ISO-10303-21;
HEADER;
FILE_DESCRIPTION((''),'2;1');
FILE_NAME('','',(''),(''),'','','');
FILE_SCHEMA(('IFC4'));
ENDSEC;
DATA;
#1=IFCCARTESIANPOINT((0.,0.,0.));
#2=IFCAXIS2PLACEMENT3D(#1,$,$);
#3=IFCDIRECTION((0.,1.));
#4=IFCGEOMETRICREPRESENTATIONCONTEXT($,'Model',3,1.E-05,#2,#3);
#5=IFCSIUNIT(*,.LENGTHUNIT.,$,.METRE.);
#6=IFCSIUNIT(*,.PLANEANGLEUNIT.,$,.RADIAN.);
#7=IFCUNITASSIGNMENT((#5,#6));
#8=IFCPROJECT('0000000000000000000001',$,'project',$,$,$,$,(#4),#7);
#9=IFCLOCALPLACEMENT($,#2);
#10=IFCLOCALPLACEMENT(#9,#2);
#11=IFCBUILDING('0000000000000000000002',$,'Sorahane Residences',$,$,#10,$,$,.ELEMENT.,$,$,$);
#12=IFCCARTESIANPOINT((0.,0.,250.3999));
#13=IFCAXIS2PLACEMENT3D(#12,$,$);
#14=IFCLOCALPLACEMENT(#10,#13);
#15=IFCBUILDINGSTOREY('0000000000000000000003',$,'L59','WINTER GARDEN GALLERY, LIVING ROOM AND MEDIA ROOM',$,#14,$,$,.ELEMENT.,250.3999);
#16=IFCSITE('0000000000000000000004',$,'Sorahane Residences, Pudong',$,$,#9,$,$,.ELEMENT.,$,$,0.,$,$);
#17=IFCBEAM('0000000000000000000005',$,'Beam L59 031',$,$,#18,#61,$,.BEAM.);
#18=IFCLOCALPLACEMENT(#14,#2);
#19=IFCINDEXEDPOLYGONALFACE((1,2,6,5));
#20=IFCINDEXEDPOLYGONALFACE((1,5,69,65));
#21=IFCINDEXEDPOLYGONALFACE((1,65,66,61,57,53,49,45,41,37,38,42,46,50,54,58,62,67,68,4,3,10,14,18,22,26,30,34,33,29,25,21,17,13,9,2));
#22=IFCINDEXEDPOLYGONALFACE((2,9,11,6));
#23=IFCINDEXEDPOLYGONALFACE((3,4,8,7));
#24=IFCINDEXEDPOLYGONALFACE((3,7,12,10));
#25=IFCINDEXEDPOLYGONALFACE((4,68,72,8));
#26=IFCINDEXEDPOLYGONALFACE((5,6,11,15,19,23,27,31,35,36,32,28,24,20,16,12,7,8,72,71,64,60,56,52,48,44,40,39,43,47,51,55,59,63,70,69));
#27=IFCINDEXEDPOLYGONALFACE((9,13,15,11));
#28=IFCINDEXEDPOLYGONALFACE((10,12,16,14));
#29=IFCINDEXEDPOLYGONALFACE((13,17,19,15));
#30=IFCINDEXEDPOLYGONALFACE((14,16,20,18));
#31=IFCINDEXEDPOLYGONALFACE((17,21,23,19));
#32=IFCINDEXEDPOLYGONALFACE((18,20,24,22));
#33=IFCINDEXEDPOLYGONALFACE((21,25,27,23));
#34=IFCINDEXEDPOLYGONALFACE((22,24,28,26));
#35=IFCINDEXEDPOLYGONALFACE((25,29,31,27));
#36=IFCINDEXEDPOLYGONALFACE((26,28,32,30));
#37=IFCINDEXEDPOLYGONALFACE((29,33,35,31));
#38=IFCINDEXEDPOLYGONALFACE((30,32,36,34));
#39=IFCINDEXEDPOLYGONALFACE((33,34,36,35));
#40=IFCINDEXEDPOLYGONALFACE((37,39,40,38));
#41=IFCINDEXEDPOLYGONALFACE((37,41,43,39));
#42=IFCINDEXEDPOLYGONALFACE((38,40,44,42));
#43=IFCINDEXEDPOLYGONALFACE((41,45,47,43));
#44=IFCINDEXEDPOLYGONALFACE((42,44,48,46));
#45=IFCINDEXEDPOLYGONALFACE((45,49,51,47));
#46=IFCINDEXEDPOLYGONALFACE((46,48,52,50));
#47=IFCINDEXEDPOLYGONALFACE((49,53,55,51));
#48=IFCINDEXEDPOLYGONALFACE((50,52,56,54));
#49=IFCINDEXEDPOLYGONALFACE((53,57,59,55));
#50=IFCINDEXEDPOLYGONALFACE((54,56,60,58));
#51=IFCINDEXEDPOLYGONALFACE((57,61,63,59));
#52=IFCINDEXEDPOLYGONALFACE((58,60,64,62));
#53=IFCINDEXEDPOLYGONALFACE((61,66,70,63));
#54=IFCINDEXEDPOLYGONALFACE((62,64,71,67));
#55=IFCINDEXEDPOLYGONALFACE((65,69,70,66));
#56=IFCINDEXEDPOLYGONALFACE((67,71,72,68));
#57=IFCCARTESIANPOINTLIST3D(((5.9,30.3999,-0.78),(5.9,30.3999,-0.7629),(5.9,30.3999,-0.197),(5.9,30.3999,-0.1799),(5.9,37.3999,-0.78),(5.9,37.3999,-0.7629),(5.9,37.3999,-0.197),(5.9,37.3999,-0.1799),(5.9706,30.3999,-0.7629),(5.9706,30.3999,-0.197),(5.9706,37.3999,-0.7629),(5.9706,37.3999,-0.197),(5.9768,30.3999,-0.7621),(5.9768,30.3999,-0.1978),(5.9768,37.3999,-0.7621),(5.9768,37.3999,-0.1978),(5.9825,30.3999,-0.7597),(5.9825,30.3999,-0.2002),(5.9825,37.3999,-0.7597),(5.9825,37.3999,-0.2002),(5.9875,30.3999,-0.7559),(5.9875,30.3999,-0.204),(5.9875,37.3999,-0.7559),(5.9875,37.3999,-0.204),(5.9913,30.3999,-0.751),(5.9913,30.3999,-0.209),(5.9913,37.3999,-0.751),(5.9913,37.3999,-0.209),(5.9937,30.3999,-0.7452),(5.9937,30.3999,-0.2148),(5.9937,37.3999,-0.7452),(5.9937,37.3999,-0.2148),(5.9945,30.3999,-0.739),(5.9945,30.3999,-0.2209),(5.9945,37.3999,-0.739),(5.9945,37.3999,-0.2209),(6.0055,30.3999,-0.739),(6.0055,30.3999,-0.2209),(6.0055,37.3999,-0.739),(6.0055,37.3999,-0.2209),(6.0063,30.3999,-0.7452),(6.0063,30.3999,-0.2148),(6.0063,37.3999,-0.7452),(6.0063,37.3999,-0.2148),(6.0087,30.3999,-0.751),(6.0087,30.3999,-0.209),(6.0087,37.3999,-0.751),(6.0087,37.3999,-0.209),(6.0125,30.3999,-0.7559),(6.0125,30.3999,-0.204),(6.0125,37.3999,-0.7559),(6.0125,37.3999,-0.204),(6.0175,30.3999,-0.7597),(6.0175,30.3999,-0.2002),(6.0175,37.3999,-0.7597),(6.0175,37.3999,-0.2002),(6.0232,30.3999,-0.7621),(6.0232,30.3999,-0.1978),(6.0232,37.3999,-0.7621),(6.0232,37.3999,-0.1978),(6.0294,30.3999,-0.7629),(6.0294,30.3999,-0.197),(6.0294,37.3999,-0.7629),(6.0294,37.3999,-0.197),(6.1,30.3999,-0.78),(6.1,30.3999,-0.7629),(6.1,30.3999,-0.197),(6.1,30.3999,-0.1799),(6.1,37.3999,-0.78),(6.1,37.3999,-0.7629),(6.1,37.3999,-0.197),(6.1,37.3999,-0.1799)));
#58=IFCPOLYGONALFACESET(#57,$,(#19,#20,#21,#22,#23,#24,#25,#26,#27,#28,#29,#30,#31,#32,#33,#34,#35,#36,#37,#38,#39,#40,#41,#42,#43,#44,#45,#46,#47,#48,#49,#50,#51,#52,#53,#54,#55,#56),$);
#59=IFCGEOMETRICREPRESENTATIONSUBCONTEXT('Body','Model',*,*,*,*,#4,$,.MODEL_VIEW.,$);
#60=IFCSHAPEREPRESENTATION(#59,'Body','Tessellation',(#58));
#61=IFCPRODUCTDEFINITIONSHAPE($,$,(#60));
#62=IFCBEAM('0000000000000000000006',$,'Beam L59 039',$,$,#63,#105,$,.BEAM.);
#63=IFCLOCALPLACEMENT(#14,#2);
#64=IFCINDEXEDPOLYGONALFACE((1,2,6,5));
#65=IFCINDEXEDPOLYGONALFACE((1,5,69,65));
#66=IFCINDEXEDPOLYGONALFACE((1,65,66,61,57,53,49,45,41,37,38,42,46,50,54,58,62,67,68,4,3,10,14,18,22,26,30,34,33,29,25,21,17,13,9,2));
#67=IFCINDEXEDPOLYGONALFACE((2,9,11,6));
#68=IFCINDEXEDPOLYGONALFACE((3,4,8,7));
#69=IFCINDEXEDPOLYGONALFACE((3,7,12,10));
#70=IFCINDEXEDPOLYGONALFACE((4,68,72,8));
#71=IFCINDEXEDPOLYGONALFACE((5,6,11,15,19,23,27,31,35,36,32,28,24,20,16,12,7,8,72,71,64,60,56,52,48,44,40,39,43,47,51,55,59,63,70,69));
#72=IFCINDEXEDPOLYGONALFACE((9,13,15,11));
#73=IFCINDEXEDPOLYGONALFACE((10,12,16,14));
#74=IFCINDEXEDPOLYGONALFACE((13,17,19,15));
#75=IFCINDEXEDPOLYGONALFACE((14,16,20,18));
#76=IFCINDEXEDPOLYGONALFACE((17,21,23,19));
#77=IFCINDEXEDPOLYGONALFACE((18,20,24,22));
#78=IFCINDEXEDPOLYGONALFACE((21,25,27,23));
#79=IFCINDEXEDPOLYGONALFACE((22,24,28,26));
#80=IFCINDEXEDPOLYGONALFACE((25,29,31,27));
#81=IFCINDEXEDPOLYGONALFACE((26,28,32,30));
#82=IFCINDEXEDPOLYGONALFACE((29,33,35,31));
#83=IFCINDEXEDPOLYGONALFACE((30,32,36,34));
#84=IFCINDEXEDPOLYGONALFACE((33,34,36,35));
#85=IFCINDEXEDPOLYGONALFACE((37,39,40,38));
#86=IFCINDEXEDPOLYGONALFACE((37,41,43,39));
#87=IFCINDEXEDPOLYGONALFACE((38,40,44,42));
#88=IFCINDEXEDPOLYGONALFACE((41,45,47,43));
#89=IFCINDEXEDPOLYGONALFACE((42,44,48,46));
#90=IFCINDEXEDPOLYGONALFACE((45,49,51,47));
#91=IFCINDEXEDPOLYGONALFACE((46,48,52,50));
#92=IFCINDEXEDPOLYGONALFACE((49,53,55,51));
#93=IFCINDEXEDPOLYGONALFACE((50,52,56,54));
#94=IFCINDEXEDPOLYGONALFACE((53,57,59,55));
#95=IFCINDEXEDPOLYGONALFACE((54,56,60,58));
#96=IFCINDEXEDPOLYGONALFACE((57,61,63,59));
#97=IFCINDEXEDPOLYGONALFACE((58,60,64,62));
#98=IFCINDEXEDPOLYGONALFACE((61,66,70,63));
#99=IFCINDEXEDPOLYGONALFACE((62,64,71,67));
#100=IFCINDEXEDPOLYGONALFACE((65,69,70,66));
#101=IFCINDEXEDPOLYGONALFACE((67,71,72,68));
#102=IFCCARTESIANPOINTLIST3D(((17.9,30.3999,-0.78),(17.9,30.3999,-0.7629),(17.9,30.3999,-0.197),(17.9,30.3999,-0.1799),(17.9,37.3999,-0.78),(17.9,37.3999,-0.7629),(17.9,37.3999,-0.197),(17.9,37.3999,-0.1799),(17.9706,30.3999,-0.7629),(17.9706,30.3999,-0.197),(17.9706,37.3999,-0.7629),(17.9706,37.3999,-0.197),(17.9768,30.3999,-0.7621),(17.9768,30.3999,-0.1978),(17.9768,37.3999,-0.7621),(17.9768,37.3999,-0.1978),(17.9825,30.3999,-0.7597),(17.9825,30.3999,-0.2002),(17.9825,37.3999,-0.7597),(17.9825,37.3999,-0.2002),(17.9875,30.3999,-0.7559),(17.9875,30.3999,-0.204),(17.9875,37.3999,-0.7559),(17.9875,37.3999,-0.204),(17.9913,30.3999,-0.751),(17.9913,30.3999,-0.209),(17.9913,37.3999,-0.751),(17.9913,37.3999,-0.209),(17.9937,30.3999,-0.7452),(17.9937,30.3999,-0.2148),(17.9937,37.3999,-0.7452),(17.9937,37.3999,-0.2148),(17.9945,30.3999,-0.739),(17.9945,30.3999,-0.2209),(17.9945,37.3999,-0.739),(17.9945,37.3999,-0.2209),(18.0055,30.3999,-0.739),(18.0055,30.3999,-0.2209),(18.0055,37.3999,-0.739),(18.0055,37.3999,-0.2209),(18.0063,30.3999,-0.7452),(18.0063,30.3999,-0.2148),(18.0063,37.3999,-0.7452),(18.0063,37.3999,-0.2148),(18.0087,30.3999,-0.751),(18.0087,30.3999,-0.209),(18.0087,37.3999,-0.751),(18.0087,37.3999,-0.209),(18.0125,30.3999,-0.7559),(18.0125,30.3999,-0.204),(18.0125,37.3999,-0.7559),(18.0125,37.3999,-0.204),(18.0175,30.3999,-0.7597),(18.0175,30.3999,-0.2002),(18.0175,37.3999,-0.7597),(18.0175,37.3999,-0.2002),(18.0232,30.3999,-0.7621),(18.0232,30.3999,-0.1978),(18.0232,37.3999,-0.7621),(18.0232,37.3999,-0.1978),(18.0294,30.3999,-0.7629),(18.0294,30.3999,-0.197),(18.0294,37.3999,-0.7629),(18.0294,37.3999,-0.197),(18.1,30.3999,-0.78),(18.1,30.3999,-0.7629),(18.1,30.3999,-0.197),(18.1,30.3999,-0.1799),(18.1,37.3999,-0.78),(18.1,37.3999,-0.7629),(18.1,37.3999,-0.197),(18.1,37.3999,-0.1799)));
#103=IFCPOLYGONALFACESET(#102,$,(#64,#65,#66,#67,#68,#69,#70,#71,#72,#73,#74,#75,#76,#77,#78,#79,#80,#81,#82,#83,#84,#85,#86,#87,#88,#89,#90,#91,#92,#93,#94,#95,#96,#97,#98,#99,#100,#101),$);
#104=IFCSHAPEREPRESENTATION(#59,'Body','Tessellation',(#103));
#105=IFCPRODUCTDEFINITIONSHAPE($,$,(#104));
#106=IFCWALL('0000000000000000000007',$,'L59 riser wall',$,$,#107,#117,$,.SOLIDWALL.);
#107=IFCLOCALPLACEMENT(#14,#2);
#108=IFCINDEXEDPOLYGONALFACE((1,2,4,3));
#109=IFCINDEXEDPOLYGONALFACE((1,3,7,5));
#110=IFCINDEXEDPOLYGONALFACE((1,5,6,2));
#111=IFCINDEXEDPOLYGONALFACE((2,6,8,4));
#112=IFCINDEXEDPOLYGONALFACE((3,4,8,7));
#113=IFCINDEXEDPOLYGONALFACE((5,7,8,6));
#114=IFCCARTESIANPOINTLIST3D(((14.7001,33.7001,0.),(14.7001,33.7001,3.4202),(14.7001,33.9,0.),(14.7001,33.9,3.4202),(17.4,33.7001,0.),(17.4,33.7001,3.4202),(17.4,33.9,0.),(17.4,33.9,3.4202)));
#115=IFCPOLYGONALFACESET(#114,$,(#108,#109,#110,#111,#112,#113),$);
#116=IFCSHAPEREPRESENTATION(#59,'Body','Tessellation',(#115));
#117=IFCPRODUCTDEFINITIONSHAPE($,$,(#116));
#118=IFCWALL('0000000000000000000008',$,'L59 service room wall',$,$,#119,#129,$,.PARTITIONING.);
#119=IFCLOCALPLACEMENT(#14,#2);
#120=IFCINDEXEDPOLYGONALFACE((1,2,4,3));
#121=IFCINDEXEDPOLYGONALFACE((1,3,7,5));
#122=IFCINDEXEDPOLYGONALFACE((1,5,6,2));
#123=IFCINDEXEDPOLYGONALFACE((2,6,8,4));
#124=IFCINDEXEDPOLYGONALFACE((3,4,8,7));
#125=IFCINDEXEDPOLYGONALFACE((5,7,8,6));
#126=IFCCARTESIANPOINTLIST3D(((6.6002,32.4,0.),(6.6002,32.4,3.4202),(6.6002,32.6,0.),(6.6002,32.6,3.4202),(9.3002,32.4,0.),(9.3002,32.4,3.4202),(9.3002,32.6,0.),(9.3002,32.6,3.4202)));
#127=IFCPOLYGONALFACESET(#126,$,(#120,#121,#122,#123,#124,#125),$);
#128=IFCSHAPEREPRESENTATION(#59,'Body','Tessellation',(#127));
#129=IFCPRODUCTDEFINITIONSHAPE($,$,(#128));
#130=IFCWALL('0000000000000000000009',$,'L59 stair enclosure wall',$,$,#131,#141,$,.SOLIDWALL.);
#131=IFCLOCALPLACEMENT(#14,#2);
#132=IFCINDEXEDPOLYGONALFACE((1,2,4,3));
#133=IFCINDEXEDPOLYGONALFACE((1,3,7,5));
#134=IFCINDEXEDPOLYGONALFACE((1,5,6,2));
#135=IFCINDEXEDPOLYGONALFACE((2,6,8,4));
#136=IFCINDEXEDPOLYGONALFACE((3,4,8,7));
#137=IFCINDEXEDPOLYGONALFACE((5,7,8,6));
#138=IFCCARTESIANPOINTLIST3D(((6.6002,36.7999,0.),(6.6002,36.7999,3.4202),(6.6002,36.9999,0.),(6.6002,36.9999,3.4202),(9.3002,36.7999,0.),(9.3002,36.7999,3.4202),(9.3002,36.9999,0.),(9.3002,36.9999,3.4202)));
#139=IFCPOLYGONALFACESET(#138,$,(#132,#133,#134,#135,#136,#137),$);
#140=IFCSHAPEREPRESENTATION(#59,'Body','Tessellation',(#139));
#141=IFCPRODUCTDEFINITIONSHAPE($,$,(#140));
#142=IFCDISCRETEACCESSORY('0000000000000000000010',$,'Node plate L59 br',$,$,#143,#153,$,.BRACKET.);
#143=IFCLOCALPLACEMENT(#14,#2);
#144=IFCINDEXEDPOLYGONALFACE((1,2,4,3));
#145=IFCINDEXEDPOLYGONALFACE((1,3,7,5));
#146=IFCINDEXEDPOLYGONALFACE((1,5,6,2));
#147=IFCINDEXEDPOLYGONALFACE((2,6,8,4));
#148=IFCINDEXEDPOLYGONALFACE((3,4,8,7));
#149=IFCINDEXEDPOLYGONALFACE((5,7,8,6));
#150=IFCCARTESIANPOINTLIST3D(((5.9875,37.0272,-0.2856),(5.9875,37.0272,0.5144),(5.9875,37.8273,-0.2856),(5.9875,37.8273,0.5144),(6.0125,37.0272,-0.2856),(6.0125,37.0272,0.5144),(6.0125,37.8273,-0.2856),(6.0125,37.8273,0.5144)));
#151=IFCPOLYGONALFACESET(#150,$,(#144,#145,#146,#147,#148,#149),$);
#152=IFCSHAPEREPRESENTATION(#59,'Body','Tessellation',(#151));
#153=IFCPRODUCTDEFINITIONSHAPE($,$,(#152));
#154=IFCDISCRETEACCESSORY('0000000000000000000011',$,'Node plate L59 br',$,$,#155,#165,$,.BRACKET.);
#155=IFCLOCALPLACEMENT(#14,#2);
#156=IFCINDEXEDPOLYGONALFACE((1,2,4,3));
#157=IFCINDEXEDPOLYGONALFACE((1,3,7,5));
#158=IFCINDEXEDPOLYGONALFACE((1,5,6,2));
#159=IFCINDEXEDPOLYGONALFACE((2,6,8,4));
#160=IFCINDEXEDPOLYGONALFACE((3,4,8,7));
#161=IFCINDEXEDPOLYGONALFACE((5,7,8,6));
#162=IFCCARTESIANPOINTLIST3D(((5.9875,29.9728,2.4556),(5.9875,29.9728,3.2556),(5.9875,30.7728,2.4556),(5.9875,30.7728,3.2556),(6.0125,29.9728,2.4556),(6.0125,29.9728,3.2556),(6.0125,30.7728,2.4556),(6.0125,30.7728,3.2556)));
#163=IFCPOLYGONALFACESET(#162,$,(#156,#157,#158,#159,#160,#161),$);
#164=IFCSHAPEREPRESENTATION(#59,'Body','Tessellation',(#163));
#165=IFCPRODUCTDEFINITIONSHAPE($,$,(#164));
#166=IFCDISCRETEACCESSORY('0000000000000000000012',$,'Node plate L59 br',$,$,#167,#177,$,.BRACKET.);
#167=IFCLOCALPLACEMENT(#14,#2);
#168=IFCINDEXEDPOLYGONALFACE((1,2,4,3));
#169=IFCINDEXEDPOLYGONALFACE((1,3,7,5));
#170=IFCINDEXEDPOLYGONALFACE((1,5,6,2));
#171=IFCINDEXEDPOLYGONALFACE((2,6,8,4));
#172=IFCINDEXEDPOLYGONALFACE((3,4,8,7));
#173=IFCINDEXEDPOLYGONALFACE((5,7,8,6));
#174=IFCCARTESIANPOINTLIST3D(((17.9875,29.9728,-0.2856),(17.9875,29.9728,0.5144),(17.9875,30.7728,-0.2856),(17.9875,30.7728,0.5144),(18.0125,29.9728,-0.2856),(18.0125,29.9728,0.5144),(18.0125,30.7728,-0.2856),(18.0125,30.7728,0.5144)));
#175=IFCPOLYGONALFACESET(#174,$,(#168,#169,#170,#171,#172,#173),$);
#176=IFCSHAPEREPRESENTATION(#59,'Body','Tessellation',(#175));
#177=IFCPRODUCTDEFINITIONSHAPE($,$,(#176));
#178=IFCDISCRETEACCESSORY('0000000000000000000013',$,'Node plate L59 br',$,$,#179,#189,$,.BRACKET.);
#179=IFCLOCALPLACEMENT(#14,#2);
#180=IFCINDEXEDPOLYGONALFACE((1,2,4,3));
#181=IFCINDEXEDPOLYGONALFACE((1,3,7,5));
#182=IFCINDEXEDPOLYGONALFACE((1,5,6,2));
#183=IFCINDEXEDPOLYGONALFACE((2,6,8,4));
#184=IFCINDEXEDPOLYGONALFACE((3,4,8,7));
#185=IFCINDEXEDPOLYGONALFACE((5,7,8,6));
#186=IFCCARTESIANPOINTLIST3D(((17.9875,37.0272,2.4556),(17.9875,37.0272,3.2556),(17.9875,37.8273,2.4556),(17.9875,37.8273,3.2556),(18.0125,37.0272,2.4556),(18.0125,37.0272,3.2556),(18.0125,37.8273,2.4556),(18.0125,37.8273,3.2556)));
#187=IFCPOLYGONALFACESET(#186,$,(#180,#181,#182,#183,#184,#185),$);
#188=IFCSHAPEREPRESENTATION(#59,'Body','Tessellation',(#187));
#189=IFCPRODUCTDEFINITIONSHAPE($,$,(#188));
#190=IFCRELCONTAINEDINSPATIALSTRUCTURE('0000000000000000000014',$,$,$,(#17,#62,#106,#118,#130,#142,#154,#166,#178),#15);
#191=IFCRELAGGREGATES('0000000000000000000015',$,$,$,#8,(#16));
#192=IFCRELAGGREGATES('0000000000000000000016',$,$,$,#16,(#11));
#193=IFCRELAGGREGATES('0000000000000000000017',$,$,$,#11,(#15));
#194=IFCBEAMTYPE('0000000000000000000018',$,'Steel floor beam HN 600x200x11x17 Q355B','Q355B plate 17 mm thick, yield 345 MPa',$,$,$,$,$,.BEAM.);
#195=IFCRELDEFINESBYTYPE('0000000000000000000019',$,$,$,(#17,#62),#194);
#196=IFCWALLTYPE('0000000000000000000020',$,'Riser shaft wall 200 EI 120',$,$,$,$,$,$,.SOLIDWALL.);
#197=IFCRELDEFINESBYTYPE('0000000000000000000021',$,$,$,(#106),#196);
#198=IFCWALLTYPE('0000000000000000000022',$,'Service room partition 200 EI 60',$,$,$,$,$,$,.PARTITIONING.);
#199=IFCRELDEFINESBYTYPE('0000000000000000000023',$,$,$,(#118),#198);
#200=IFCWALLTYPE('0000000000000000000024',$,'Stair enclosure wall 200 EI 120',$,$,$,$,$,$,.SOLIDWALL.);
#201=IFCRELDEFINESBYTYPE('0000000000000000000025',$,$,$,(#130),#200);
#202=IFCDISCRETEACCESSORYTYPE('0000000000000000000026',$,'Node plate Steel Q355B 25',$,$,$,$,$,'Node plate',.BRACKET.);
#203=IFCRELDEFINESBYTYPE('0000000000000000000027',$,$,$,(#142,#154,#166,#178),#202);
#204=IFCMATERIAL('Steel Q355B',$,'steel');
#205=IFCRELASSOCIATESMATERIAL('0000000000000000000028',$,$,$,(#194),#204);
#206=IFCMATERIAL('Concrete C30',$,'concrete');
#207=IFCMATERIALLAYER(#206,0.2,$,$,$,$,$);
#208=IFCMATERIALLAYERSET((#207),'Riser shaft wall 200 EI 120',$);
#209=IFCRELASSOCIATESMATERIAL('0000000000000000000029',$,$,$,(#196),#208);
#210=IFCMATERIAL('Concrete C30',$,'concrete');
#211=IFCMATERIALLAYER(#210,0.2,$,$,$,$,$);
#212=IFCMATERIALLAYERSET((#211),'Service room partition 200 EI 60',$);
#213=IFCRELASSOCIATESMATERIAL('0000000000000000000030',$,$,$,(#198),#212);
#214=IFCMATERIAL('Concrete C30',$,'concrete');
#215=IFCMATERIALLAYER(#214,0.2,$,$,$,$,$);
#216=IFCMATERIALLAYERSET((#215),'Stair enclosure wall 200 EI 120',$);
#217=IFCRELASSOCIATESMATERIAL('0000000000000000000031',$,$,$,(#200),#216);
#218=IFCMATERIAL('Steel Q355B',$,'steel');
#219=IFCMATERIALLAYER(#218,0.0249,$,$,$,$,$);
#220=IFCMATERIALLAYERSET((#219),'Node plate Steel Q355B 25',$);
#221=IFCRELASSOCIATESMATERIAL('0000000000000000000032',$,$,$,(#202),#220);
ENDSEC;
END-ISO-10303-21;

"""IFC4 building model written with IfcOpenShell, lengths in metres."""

from ifc_helpers import new_model, si_unit, direction, frame, frame_2d, origin, origin_2d, place, context, subcontext, project, spatial, rectangle, i_section, extrude, material, layer, layer_set, material_profile, profile_set, type_object, element, save


model = new_model("IFC4")

# Units and contexts
model_context = context("Model", 3, precision=1e-05, world=origin(), true_north=direction((0.0, 1.0)))
body_context = subcontext(model_context, "Body", "Model", "MODEL_VIEW")
ifc_project = project(units=[si_unit("LENGTHUNIT", "METRE"), si_unit("PLANEANGLEUNIT", "RADIAN")], contexts=[model_context])

# Site, building, storey
site_placement = place(None, origin())
site = spatial("IfcSite", under=ifc_project, at=site_placement, Name="Sorahane Residences, Pudong", CompositionType="ELEMENT", RefElevation=0.0)
building_placement = place(site_placement, origin())
building = spatial("IfcBuilding", under=site, at=building_placement, Name="Sorahane Residences", CompositionType="ELEMENT")
storey_placement = place(building_placement, frame((0.0, 0.0, 250.3999)))
storey = spatial("IfcBuildingStorey", under=building, at=storey_placement, Name="L59", Description="WINTER GARDEN GALLERY, LIVING ROOM AND MEDIA ROOM", CompositionType="ELEMENT", Elevation=250.3999)

# Beams
ifc_material_1 = material(Name="Steel Q355B", Category="steel")
ifc_material_profile_1 = material_profile(ifc_material_1, i_section(OverallWidth=0.2, OverallDepth=0.6001, WebThickness=0.011, FlangeThickness=0.0171, FilletRadius=0.0239, at=origin_2d()), Name="HN 600x200x11x17")
ifc_profile_set_1 = profile_set([ifc_material_profile_1], Name="Steel Q355B")
beam_type = type_object("IfcBeamType", Name="Steel floor beam HN 600x200x11x17 Q355B", Description="Q355B plate 17 mm thick, yield 345 MPa", PredefinedType="BEAM", material=ifc_profile_set_1)
for number, where, z_axis, x_axis, name in (
    (1, (6.0, 30.3999, -0.48), (0.0, 1.0, 0.0), (-1.0, 0.0, 0.0), "Beam L59 031"),
    (2, (18.0, 30.3999, -0.48), (0.0, 1.0, 0.0), (-1.0, 0.0, 0.0), "Beam L59 039"),
):
    element("IfcBeam", number, at=place(storey_placement, frame(where, z_axis=z_axis, x_axis=x_axis)), inside=storey, type_object=beam_type, Name=name, PredefinedType="BEAM", context=body_context, shape_type="SweptSolid", body=[
        extrude(i_section(OverallWidth=0.2, OverallDepth=0.6001, WebThickness=0.011, FlangeThickness=0.0171, FilletRadius=0.0239, at=origin_2d()), origin(), (0.0, 0.0, 1.0), 7.0),
    ])

# Walls
ifc_material_2 = material(Name="Concrete C30", Category="concrete")
ifc_layer_1 = layer(ifc_material_2, 0.2)
ifc_layer_set_1 = layer_set([ifc_layer_1], Name="Riser shaft wall 200 EI 120")
wall_type_1 = type_object("IfcWallType", Name="Riser shaft wall 200 EI 120", PredefinedType="SOLIDWALL", material=ifc_layer_set_1)
wall_1_placement = place(storey_placement, frame((14.7, 33.8, 0.0), z_axis=(0.0, 0.0, 1.0), x_axis=(1.0, 0.0, 0.0)))
element("IfcWall", 3, at=wall_1_placement, inside=storey, type_object=wall_type_1, Name="L59 riser wall", PredefinedType="SOLIDWALL", context=body_context, shape_type="SweptSolid", body=[
    extrude(rectangle(XDim=2.7, YDim=0.2, at=frame_2d((1.3501, 0.0))), origin(), (0.0, 0.0, 1.0), 3.4202),
])
ifc_material_3 = material(Name="Concrete C30", Category="concrete")
ifc_layer_2 = layer(ifc_material_3, 0.2)
ifc_layer_set_2 = layer_set([ifc_layer_2], Name="Service room partition 200 EI 60")
wall_type_2 = type_object("IfcWallType", Name="Service room partition 200 EI 60", PredefinedType="PARTITIONING", material=ifc_layer_set_2)
wall_2_placement = place(storey_placement, frame((6.6001, 32.5, 0.0), z_axis=(0.0, 0.0, 1.0), x_axis=(1.0, 0.0, 0.0)))
element("IfcWall", 4, at=wall_2_placement, inside=storey, type_object=wall_type_2, Name="L59 service room wall", PredefinedType="PARTITIONING", context=body_context, shape_type="SweptSolid", body=[
    extrude(rectangle(XDim=2.7, YDim=0.2, at=frame_2d((1.3501, 0.0))), origin(), (0.0, 0.0, 1.0), 3.4202),
])
ifc_material_4 = material(Name="Concrete C30", Category="concrete")
ifc_layer_3 = layer(ifc_material_4, 0.2)
ifc_layer_set_3 = layer_set([ifc_layer_3], Name="Stair enclosure wall 200 EI 120")
wall_type_3 = type_object("IfcWallType", Name="Stair enclosure wall 200 EI 120", PredefinedType="SOLIDWALL", material=ifc_layer_set_3)
wall_3_placement = place(storey_placement, frame((6.6001, 36.8999, 0.0), z_axis=(0.0, 0.0, 1.0), x_axis=(1.0, 0.0, 0.0)))
element("IfcWall", 5, at=wall_3_placement, inside=storey, type_object=wall_type_3, Name="L59 stair enclosure wall", PredefinedType="SOLIDWALL", context=body_context, shape_type="SweptSolid", body=[
    extrude(rectangle(XDim=2.7, YDim=0.2, at=frame_2d((1.3501, 0.0))), origin(), (0.0, 0.0, 1.0), 3.4202),
])

# Discrete accessories
ifc_material_5 = material(Name="Steel Q355B", Category="steel")
ifc_layer_4 = layer(ifc_material_5, 0.0249)
ifc_layer_set_4 = layer_set([ifc_layer_4], Name="Node plate Steel Q355B 25")
discrete_accessory_type = type_object("IfcDiscreteAccessoryType", Name="Node plate Steel Q355B 25", ElementType="Node plate", PredefinedType="BRACKET", material=ifc_layer_set_4)
for number, where, z_axis, x_axis, name in (
    (6, (6.0, 37.4272, -0.2856), (0.0, 0.0, 1.0), (0.0, 1.0, 0.0), "Node plate L59 br"),
    (7, (6.0, 30.3728, 2.4556), (0.0, 0.0, 1.0), (0.0, 1.0, 0.0), "Node plate L59 br"),
    (8, (18.0, 30.3728, -0.2856), (0.0, 0.0, 1.0), (0.0, 1.0, 0.0), "Node plate L59 br"),
    (9, (18.0, 37.4272, 2.4556), (0.0, 0.0, 1.0), (0.0, 1.0, 0.0), "Node plate L59 br"),
):
    element("IfcDiscreteAccessory", number, at=place(storey_placement, frame(where, z_axis=z_axis, x_axis=x_axis)), inside=storey, type_object=discrete_accessory_type, Name=name, PredefinedType="BRACKET", context=body_context, shape_type="SweptSolid", body=[
        extrude(rectangle(XDim=0.8, YDim=0.0249, at=origin_2d()), origin(), (0.0, 0.0, 1.0), 0.8),
    ])

save(model, "model.ifc")
